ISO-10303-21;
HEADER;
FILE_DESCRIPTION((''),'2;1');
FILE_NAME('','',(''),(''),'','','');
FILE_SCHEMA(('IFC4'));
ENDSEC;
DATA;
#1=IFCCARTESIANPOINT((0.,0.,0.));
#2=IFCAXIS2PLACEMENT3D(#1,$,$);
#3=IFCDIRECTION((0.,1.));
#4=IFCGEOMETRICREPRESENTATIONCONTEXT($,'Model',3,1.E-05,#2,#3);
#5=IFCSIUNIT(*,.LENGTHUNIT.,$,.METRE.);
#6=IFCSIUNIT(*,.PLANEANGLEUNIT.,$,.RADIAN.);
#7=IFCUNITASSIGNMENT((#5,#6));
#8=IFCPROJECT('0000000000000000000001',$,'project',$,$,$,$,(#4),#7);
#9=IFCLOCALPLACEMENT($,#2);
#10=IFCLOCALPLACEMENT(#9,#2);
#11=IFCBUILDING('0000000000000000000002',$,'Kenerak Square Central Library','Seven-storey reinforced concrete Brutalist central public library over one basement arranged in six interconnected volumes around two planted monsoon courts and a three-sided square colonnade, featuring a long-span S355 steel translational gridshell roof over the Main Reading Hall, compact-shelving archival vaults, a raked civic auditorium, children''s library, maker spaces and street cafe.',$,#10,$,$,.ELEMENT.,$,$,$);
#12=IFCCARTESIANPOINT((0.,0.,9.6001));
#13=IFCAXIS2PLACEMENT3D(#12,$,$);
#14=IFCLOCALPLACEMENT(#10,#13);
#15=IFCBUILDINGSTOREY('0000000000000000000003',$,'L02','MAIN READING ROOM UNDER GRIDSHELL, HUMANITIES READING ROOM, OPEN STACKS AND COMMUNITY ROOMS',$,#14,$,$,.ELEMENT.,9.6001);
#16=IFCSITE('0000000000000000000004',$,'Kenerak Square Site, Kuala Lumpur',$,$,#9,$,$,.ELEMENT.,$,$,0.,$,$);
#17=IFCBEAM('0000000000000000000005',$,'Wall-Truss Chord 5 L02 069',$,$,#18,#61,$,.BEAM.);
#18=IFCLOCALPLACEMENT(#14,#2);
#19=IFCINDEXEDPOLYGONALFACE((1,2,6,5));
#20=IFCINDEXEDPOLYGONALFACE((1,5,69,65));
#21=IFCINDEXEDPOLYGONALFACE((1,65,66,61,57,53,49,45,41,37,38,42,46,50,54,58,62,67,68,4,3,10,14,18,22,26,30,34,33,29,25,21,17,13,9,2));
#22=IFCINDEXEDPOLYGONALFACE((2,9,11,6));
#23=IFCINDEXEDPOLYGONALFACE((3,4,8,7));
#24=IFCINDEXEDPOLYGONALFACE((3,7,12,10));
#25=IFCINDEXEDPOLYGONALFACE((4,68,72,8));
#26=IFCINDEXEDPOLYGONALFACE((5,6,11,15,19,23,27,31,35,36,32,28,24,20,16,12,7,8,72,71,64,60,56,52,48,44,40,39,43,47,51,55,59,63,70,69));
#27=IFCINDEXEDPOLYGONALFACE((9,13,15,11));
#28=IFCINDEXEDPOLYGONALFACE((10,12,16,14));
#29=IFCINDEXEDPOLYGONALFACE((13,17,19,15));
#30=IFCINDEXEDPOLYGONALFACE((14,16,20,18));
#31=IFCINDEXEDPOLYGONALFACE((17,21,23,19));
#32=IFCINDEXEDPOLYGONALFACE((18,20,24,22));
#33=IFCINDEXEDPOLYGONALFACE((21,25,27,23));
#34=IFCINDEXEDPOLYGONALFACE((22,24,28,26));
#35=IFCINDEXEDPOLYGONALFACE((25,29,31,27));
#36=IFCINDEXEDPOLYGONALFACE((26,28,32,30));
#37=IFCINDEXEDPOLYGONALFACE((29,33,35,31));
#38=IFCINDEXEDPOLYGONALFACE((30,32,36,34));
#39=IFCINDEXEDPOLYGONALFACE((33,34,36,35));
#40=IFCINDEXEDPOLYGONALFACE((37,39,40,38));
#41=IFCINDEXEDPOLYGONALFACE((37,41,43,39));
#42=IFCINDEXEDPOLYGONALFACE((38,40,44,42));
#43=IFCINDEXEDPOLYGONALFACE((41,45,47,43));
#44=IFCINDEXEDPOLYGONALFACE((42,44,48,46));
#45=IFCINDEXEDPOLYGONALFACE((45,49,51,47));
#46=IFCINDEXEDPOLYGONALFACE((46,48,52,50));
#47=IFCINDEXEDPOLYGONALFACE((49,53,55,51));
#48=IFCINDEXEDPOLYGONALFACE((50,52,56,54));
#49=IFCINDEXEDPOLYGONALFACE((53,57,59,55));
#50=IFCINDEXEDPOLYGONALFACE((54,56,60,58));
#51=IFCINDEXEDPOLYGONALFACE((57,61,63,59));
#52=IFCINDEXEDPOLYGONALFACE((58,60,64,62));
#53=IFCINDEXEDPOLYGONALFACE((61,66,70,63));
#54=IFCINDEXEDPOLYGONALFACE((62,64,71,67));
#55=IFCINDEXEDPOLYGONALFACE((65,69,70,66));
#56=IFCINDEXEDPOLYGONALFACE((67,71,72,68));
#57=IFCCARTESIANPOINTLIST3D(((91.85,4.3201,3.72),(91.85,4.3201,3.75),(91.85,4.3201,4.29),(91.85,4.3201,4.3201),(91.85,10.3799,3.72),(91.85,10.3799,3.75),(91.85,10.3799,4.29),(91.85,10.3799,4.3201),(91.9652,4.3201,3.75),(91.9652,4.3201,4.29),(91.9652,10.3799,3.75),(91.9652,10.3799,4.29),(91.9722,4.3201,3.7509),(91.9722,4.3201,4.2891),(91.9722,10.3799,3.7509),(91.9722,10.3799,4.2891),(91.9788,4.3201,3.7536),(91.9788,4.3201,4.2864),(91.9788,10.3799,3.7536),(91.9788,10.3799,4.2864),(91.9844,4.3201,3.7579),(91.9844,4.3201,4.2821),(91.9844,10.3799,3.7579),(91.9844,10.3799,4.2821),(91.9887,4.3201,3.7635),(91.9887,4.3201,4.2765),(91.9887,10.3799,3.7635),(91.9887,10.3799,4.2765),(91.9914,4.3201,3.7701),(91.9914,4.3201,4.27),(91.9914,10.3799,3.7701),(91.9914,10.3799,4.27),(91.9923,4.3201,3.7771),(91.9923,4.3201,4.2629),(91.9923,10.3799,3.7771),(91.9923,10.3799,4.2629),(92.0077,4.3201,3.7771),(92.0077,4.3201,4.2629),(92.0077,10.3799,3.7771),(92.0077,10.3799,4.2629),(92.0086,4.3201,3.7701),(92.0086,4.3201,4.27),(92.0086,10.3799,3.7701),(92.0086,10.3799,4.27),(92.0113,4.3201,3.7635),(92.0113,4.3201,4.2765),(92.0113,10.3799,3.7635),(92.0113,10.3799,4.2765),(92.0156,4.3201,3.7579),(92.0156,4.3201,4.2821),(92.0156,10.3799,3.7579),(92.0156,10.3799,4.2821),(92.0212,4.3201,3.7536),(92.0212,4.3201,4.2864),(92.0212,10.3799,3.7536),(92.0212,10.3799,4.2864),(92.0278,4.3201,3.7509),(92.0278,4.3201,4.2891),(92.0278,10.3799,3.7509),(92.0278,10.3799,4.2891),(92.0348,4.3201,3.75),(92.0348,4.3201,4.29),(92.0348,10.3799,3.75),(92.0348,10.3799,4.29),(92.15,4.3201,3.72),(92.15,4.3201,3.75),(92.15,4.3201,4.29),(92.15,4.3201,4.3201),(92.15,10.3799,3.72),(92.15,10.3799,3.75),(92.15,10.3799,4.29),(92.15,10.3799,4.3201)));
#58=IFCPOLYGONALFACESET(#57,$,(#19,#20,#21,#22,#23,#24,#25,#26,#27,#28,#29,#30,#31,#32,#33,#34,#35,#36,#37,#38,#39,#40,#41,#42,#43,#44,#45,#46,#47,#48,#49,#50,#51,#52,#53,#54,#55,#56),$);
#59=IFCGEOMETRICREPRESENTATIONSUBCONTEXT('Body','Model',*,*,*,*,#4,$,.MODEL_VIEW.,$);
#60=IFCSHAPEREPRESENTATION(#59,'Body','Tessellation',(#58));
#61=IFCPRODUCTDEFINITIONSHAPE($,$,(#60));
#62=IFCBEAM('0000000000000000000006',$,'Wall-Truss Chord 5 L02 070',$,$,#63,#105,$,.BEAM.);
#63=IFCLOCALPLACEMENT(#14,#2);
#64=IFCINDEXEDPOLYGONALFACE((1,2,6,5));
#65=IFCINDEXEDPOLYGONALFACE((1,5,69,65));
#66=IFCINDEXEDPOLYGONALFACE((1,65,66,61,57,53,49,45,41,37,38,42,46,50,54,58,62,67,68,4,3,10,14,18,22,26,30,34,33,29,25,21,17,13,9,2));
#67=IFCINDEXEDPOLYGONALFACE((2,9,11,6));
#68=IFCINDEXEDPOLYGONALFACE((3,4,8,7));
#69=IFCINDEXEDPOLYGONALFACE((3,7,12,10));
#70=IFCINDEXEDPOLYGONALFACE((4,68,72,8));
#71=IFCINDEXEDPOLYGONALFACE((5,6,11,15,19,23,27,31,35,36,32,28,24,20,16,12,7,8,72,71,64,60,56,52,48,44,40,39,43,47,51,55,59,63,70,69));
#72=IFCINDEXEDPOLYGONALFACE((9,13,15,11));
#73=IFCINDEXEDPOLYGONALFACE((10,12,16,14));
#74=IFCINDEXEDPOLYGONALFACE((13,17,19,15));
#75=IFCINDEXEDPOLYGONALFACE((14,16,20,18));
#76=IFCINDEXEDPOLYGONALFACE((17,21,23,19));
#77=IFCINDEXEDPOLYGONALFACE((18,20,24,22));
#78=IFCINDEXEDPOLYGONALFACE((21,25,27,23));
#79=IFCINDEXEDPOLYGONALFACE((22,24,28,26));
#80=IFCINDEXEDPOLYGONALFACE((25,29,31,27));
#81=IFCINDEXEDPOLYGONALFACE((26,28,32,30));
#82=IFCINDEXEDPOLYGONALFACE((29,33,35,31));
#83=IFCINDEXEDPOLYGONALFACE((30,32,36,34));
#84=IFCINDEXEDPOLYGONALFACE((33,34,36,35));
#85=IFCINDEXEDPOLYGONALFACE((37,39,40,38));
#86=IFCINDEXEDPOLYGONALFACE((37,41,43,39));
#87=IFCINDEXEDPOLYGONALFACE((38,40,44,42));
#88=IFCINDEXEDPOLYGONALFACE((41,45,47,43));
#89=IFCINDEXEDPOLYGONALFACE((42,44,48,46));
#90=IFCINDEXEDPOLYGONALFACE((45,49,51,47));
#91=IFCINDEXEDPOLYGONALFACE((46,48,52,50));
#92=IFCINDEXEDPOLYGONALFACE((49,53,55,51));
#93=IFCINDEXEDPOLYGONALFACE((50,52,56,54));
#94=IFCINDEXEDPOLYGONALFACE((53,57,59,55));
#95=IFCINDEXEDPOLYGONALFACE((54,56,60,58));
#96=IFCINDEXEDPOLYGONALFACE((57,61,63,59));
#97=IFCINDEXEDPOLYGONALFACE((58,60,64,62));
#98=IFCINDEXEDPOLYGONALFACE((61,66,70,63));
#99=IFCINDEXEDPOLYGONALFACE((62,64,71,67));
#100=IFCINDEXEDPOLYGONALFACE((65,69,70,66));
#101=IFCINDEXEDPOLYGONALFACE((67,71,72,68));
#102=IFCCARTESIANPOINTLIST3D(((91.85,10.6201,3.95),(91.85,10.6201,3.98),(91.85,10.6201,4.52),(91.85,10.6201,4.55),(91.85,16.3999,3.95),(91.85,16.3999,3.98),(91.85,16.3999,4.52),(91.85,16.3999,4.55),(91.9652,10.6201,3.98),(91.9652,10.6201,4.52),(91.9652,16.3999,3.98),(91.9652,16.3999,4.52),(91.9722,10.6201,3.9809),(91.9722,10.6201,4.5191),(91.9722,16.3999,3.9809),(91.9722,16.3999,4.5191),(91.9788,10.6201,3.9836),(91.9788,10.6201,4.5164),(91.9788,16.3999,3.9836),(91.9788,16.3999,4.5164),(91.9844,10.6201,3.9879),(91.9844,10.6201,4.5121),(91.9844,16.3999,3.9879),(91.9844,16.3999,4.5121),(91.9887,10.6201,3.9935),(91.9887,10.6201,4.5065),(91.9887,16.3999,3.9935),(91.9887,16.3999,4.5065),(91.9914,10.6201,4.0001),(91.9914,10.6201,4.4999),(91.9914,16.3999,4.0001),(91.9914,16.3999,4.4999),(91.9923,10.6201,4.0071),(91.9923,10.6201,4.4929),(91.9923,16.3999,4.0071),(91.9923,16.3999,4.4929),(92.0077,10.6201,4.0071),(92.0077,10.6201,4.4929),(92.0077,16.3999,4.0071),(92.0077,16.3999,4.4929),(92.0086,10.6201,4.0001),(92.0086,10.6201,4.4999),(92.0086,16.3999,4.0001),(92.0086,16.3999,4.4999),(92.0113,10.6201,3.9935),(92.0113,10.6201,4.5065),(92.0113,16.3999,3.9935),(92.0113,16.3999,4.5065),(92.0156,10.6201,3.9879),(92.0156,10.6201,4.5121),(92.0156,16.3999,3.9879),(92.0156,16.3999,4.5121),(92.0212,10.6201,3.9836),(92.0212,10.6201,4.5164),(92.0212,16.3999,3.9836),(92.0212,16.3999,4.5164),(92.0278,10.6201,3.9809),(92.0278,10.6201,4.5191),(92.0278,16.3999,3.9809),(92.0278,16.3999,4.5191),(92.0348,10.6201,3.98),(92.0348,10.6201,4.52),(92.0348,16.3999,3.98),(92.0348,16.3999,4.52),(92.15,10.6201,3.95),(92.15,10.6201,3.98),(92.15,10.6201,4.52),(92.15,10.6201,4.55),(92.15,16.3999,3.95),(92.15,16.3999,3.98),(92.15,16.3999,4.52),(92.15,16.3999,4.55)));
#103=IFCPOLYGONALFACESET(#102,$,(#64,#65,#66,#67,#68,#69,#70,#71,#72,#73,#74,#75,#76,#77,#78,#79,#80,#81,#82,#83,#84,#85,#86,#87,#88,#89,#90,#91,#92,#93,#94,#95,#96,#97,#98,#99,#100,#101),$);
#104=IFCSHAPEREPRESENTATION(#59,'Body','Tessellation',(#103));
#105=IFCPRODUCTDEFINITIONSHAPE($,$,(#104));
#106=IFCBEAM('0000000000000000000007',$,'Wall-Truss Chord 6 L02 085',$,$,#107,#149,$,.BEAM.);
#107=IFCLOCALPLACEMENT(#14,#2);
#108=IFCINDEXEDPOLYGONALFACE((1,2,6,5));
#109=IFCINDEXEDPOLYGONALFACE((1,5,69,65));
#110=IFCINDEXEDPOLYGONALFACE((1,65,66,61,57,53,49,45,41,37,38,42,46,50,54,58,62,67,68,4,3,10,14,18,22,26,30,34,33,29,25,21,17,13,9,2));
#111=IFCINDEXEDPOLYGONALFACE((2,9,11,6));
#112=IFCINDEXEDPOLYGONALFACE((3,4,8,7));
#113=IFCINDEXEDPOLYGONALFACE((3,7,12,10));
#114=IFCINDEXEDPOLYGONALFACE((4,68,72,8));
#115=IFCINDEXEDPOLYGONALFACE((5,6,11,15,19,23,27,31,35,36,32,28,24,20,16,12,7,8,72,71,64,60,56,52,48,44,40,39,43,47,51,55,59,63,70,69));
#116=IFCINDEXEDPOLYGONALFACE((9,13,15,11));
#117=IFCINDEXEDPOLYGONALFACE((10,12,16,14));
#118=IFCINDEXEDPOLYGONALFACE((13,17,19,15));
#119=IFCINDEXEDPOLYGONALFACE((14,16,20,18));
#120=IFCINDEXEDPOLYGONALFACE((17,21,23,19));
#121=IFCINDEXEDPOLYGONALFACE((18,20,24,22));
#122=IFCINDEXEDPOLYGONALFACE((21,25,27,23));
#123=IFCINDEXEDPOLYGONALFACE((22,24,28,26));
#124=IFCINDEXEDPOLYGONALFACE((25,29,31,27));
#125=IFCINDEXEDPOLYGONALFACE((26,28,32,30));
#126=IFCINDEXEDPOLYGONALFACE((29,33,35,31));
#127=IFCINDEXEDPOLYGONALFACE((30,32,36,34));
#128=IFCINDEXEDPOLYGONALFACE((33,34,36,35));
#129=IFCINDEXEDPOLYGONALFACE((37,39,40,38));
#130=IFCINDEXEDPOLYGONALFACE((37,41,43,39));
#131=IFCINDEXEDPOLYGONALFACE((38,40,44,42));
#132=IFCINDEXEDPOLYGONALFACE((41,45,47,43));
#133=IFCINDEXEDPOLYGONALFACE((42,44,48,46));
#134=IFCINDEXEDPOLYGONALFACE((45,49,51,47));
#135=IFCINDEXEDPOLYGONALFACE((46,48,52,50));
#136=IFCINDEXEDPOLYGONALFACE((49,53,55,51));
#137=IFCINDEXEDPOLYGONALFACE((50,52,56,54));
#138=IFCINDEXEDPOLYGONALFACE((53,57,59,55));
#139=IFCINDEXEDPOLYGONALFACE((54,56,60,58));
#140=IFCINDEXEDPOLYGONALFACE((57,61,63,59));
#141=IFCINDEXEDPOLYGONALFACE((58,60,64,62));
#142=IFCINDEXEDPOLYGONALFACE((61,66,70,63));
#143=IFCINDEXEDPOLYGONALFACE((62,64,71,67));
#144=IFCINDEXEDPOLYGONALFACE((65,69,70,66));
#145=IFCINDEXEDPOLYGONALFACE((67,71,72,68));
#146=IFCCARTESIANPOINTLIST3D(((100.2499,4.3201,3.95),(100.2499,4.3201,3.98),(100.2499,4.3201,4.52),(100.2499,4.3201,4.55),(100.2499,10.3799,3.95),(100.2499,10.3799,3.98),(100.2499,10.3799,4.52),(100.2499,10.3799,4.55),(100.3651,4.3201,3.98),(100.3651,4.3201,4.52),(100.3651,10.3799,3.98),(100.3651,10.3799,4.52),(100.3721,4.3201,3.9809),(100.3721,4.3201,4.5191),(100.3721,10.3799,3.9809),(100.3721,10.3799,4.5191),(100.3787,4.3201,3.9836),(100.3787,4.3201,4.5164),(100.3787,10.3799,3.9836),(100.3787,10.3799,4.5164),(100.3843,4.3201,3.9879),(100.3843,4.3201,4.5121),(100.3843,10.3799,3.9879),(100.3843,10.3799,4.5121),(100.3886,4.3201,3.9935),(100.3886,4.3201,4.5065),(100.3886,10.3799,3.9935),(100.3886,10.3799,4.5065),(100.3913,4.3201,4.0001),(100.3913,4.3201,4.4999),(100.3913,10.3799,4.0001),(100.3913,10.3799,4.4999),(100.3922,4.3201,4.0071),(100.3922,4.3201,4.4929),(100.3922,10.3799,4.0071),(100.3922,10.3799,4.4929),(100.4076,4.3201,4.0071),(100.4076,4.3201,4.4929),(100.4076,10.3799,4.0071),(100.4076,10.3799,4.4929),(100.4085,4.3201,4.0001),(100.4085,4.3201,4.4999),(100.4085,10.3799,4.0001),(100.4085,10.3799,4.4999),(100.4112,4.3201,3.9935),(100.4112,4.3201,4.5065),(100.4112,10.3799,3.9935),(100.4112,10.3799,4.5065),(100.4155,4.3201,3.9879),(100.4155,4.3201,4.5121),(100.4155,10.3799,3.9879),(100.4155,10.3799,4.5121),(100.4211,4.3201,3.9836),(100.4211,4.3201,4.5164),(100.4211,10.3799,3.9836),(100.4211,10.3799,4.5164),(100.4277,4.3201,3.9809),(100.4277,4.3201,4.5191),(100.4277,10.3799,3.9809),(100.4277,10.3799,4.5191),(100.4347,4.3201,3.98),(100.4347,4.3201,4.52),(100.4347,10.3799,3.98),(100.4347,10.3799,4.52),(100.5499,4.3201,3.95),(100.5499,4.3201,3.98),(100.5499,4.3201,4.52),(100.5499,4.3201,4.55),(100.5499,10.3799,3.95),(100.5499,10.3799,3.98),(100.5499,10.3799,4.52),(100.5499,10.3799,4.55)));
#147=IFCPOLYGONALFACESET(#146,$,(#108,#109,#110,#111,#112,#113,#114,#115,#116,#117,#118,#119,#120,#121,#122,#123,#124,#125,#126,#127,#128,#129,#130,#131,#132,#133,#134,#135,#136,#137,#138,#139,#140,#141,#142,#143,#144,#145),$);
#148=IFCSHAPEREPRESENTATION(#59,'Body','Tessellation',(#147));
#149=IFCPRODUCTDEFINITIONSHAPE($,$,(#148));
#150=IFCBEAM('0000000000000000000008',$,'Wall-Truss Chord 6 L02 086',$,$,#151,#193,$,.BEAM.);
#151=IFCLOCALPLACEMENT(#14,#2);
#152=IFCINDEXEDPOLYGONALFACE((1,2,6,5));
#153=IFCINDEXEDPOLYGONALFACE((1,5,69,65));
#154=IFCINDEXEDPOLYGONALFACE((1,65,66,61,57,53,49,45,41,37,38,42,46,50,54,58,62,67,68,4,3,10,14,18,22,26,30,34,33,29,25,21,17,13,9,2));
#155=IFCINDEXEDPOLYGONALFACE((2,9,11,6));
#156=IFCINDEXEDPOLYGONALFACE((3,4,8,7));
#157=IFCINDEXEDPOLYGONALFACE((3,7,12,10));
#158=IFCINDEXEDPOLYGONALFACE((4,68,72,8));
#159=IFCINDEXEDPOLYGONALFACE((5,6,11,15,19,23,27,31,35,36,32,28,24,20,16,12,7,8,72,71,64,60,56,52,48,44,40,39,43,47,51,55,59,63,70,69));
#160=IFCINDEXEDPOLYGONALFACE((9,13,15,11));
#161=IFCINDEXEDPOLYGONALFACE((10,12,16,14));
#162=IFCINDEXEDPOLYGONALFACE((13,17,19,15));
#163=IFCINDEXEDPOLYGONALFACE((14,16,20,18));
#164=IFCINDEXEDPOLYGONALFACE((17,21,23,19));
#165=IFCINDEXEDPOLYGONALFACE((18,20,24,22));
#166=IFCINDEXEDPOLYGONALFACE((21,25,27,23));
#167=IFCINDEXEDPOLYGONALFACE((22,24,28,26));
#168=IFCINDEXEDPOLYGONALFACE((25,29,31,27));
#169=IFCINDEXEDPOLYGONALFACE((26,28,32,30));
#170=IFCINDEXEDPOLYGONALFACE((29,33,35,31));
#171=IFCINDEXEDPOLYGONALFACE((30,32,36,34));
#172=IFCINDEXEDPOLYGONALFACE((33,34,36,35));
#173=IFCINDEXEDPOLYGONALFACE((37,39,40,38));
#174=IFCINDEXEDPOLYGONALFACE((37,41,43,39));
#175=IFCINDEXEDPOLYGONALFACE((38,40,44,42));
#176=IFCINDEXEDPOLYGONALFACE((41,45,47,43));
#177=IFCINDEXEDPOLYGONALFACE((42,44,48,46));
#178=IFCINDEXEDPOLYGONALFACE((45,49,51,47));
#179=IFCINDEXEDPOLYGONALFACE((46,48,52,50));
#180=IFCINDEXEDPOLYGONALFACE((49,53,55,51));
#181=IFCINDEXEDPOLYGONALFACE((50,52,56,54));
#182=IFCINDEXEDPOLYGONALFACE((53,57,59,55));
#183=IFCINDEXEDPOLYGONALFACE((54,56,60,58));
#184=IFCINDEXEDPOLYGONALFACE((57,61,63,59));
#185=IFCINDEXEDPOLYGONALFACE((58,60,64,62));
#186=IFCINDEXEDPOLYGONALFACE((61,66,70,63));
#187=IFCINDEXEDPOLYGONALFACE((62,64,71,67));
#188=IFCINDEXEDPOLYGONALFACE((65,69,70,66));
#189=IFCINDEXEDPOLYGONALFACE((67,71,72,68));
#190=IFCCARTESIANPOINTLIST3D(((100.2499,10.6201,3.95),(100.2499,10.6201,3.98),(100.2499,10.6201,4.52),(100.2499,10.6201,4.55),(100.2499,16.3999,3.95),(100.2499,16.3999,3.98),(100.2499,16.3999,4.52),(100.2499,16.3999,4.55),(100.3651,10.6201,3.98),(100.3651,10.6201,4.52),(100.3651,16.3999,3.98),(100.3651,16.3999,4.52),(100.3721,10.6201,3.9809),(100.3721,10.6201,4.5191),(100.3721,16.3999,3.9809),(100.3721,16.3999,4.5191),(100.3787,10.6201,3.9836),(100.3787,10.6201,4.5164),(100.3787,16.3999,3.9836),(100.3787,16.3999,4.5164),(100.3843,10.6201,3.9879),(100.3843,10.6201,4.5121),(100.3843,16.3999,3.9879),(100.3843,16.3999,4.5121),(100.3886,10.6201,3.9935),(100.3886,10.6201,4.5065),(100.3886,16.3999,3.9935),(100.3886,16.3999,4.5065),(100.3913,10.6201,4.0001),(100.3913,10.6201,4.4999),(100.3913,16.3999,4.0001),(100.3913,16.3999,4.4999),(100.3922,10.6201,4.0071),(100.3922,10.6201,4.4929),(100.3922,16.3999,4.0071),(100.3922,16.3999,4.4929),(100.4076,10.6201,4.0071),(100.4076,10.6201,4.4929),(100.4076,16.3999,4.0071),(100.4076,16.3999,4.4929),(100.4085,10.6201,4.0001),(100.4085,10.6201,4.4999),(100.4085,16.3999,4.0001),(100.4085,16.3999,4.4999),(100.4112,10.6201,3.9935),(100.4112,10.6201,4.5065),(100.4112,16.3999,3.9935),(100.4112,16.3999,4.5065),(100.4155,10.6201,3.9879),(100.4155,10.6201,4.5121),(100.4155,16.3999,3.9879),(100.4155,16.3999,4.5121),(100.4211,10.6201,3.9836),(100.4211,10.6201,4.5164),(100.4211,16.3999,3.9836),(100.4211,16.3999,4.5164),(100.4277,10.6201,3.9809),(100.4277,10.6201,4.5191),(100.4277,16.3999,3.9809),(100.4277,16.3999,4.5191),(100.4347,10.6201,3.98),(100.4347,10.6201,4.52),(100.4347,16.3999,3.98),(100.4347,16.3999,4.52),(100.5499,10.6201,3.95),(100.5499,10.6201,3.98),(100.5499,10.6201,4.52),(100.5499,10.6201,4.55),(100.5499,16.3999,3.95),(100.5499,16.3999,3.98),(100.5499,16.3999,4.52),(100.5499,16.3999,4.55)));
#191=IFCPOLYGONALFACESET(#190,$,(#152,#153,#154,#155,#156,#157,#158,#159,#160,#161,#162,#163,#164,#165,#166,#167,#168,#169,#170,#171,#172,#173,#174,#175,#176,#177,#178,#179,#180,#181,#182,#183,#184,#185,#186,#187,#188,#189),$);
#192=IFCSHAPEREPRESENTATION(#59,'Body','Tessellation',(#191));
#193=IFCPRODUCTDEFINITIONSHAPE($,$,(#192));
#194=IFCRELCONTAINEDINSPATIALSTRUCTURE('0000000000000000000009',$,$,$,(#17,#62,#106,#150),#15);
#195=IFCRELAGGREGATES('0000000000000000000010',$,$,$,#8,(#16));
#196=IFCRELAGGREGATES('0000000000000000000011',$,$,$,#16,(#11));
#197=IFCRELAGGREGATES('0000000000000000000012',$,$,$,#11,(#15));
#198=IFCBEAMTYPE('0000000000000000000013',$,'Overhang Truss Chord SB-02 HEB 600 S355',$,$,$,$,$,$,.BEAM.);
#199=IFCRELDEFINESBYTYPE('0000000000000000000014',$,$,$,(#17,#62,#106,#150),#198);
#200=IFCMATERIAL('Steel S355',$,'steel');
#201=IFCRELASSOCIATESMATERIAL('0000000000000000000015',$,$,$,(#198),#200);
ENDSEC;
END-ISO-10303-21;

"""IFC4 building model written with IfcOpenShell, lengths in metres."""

from ifc_helpers import new_model, si_unit, direction, frame, origin, origin_2d, place, context, subcontext, project, spatial, i_section, extrude, material, material_profile, profile_set, type_object, element, save


model = new_model("IFC4")

# Units and contexts
model_context = context("Model", 3, precision=1e-05, world=origin(), true_north=direction((0.0, 1.0)))
body_context = subcontext(model_context, "Body", "Model", "MODEL_VIEW")
ifc_project = project(units=[si_unit("LENGTHUNIT", "METRE"), si_unit("PLANEANGLEUNIT", "RADIAN")], contexts=[model_context])

# Site, building, storey
site_placement = place(None, origin())
site = spatial("IfcSite", under=ifc_project, at=site_placement, Name="Kenerak Square Site, Kuala Lumpur", CompositionType="ELEMENT", RefElevation=0.0)
building_placement = place(site_placement, origin())
building = spatial("IfcBuilding", under=site, at=building_placement, Name="Kenerak Square Central Library", Description="Seven-storey reinforced concrete Brutalist central public library over one basement arranged in six interconnected volumes around two planted monsoon courts and a three-sided square colonnade, featuring a long-span S355 steel translational gridshell roof over the Main Reading Hall, compact-shelving archival vaults, a raked civic auditorium, children's library, maker spaces and street cafe.", CompositionType="ELEMENT")
storey_placement = place(building_placement, frame((0.0, 0.0, 9.6001)))
storey = spatial("IfcBuildingStorey", under=building, at=storey_placement, Name="L02", Description="MAIN READING ROOM UNDER GRIDSHELL, HUMANITIES READING ROOM, OPEN STACKS AND COMMUNITY ROOMS", CompositionType="ELEMENT", Elevation=9.6001)

# Beams
ifc_material_1 = material(Name="Steel S355", Category="steel")
ifc_material_profile_1 = material_profile(ifc_material_1, i_section(OverallWidth=0.3, OverallDepth=0.6001, WebThickness=0.0154, FlangeThickness=0.03, FilletRadius=0.0271, at=origin_2d()), Name="HEB 600")
ifc_profile_set_1 = profile_set([ifc_material_profile_1], Name="Steel S355")
beam_type_1 = type_object("IfcBeamType", Name="Overhang Truss Chord SB-02 HEB 600 S355", PredefinedType="BEAM", material=ifc_profile_set_1)
beam_1_placement = place(storey_placement, frame((92.0, 4.3201, 4.02), z_axis=(0.0, 1.0, 0.0), x_axis=(-1.0, 0.0, 0.0)))
element("IfcBeam", 1, at=beam_1_placement, inside=storey, type_object=beam_type_1, Name="Wall-Truss Chord 5 L02 069", PredefinedType="BEAM", context=body_context, shape_type="SweptSolid", body=[
    extrude(i_section(OverallWidth=0.3, OverallDepth=0.6001, WebThickness=0.0154, FlangeThickness=0.03, FilletRadius=0.0271, at=origin_2d()), origin(), (0.0, 0.0, 1.0), 6.0598),
])
beam_2_placement = place(storey_placement, frame((92.0, 10.6201, 4.25), z_axis=(0.0, 1.0, 0.0), x_axis=(-1.0, 0.0, 0.0)))
element("IfcBeam", 2, at=beam_2_placement, inside=storey, type_object=beam_type_1, Name="Wall-Truss Chord 5 L02 070", PredefinedType="BEAM", context=body_context, shape_type="SweptSolid", body=[
    extrude(i_section(OverallWidth=0.3, OverallDepth=0.6001, WebThickness=0.0154, FlangeThickness=0.03, FilletRadius=0.0271, at=origin_2d()), origin(), (0.0, 0.0, 1.0), 5.7798),
])
beam_3_placement = place(storey_placement, frame((100.3999, 4.3201, 4.25), z_axis=(0.0, 1.0, 0.0), x_axis=(-1.0, 0.0, 0.0)))
element("IfcBeam", 3, at=beam_3_placement, inside=storey, type_object=beam_type_1, Name="Wall-Truss Chord 6 L02 085", PredefinedType="BEAM", context=body_context, shape_type="SweptSolid", body=[
    extrude(i_section(OverallWidth=0.3, OverallDepth=0.6001, WebThickness=0.0154, FlangeThickness=0.03, FilletRadius=0.0271, at=origin_2d()), origin(), (0.0, 0.0, 1.0), 6.0598),
])
beam_4_placement = place(storey_placement, frame((100.3999, 10.6201, 4.25), z_axis=(0.0, 1.0, 0.0), x_axis=(-1.0, 0.0, 0.0)))
element("IfcBeam", 4, at=beam_4_placement, inside=storey, type_object=beam_type_1, Name="Wall-Truss Chord 6 L02 086", PredefinedType="BEAM", context=body_context, shape_type="SweptSolid", body=[
    extrude(i_section(OverallWidth=0.3, OverallDepth=0.6001, WebThickness=0.0154, FlangeThickness=0.03, FilletRadius=0.0271, at=origin_2d()), origin(), (0.0, 0.0, 1.0), 5.7798),
])

save(model, "model.ifc")
